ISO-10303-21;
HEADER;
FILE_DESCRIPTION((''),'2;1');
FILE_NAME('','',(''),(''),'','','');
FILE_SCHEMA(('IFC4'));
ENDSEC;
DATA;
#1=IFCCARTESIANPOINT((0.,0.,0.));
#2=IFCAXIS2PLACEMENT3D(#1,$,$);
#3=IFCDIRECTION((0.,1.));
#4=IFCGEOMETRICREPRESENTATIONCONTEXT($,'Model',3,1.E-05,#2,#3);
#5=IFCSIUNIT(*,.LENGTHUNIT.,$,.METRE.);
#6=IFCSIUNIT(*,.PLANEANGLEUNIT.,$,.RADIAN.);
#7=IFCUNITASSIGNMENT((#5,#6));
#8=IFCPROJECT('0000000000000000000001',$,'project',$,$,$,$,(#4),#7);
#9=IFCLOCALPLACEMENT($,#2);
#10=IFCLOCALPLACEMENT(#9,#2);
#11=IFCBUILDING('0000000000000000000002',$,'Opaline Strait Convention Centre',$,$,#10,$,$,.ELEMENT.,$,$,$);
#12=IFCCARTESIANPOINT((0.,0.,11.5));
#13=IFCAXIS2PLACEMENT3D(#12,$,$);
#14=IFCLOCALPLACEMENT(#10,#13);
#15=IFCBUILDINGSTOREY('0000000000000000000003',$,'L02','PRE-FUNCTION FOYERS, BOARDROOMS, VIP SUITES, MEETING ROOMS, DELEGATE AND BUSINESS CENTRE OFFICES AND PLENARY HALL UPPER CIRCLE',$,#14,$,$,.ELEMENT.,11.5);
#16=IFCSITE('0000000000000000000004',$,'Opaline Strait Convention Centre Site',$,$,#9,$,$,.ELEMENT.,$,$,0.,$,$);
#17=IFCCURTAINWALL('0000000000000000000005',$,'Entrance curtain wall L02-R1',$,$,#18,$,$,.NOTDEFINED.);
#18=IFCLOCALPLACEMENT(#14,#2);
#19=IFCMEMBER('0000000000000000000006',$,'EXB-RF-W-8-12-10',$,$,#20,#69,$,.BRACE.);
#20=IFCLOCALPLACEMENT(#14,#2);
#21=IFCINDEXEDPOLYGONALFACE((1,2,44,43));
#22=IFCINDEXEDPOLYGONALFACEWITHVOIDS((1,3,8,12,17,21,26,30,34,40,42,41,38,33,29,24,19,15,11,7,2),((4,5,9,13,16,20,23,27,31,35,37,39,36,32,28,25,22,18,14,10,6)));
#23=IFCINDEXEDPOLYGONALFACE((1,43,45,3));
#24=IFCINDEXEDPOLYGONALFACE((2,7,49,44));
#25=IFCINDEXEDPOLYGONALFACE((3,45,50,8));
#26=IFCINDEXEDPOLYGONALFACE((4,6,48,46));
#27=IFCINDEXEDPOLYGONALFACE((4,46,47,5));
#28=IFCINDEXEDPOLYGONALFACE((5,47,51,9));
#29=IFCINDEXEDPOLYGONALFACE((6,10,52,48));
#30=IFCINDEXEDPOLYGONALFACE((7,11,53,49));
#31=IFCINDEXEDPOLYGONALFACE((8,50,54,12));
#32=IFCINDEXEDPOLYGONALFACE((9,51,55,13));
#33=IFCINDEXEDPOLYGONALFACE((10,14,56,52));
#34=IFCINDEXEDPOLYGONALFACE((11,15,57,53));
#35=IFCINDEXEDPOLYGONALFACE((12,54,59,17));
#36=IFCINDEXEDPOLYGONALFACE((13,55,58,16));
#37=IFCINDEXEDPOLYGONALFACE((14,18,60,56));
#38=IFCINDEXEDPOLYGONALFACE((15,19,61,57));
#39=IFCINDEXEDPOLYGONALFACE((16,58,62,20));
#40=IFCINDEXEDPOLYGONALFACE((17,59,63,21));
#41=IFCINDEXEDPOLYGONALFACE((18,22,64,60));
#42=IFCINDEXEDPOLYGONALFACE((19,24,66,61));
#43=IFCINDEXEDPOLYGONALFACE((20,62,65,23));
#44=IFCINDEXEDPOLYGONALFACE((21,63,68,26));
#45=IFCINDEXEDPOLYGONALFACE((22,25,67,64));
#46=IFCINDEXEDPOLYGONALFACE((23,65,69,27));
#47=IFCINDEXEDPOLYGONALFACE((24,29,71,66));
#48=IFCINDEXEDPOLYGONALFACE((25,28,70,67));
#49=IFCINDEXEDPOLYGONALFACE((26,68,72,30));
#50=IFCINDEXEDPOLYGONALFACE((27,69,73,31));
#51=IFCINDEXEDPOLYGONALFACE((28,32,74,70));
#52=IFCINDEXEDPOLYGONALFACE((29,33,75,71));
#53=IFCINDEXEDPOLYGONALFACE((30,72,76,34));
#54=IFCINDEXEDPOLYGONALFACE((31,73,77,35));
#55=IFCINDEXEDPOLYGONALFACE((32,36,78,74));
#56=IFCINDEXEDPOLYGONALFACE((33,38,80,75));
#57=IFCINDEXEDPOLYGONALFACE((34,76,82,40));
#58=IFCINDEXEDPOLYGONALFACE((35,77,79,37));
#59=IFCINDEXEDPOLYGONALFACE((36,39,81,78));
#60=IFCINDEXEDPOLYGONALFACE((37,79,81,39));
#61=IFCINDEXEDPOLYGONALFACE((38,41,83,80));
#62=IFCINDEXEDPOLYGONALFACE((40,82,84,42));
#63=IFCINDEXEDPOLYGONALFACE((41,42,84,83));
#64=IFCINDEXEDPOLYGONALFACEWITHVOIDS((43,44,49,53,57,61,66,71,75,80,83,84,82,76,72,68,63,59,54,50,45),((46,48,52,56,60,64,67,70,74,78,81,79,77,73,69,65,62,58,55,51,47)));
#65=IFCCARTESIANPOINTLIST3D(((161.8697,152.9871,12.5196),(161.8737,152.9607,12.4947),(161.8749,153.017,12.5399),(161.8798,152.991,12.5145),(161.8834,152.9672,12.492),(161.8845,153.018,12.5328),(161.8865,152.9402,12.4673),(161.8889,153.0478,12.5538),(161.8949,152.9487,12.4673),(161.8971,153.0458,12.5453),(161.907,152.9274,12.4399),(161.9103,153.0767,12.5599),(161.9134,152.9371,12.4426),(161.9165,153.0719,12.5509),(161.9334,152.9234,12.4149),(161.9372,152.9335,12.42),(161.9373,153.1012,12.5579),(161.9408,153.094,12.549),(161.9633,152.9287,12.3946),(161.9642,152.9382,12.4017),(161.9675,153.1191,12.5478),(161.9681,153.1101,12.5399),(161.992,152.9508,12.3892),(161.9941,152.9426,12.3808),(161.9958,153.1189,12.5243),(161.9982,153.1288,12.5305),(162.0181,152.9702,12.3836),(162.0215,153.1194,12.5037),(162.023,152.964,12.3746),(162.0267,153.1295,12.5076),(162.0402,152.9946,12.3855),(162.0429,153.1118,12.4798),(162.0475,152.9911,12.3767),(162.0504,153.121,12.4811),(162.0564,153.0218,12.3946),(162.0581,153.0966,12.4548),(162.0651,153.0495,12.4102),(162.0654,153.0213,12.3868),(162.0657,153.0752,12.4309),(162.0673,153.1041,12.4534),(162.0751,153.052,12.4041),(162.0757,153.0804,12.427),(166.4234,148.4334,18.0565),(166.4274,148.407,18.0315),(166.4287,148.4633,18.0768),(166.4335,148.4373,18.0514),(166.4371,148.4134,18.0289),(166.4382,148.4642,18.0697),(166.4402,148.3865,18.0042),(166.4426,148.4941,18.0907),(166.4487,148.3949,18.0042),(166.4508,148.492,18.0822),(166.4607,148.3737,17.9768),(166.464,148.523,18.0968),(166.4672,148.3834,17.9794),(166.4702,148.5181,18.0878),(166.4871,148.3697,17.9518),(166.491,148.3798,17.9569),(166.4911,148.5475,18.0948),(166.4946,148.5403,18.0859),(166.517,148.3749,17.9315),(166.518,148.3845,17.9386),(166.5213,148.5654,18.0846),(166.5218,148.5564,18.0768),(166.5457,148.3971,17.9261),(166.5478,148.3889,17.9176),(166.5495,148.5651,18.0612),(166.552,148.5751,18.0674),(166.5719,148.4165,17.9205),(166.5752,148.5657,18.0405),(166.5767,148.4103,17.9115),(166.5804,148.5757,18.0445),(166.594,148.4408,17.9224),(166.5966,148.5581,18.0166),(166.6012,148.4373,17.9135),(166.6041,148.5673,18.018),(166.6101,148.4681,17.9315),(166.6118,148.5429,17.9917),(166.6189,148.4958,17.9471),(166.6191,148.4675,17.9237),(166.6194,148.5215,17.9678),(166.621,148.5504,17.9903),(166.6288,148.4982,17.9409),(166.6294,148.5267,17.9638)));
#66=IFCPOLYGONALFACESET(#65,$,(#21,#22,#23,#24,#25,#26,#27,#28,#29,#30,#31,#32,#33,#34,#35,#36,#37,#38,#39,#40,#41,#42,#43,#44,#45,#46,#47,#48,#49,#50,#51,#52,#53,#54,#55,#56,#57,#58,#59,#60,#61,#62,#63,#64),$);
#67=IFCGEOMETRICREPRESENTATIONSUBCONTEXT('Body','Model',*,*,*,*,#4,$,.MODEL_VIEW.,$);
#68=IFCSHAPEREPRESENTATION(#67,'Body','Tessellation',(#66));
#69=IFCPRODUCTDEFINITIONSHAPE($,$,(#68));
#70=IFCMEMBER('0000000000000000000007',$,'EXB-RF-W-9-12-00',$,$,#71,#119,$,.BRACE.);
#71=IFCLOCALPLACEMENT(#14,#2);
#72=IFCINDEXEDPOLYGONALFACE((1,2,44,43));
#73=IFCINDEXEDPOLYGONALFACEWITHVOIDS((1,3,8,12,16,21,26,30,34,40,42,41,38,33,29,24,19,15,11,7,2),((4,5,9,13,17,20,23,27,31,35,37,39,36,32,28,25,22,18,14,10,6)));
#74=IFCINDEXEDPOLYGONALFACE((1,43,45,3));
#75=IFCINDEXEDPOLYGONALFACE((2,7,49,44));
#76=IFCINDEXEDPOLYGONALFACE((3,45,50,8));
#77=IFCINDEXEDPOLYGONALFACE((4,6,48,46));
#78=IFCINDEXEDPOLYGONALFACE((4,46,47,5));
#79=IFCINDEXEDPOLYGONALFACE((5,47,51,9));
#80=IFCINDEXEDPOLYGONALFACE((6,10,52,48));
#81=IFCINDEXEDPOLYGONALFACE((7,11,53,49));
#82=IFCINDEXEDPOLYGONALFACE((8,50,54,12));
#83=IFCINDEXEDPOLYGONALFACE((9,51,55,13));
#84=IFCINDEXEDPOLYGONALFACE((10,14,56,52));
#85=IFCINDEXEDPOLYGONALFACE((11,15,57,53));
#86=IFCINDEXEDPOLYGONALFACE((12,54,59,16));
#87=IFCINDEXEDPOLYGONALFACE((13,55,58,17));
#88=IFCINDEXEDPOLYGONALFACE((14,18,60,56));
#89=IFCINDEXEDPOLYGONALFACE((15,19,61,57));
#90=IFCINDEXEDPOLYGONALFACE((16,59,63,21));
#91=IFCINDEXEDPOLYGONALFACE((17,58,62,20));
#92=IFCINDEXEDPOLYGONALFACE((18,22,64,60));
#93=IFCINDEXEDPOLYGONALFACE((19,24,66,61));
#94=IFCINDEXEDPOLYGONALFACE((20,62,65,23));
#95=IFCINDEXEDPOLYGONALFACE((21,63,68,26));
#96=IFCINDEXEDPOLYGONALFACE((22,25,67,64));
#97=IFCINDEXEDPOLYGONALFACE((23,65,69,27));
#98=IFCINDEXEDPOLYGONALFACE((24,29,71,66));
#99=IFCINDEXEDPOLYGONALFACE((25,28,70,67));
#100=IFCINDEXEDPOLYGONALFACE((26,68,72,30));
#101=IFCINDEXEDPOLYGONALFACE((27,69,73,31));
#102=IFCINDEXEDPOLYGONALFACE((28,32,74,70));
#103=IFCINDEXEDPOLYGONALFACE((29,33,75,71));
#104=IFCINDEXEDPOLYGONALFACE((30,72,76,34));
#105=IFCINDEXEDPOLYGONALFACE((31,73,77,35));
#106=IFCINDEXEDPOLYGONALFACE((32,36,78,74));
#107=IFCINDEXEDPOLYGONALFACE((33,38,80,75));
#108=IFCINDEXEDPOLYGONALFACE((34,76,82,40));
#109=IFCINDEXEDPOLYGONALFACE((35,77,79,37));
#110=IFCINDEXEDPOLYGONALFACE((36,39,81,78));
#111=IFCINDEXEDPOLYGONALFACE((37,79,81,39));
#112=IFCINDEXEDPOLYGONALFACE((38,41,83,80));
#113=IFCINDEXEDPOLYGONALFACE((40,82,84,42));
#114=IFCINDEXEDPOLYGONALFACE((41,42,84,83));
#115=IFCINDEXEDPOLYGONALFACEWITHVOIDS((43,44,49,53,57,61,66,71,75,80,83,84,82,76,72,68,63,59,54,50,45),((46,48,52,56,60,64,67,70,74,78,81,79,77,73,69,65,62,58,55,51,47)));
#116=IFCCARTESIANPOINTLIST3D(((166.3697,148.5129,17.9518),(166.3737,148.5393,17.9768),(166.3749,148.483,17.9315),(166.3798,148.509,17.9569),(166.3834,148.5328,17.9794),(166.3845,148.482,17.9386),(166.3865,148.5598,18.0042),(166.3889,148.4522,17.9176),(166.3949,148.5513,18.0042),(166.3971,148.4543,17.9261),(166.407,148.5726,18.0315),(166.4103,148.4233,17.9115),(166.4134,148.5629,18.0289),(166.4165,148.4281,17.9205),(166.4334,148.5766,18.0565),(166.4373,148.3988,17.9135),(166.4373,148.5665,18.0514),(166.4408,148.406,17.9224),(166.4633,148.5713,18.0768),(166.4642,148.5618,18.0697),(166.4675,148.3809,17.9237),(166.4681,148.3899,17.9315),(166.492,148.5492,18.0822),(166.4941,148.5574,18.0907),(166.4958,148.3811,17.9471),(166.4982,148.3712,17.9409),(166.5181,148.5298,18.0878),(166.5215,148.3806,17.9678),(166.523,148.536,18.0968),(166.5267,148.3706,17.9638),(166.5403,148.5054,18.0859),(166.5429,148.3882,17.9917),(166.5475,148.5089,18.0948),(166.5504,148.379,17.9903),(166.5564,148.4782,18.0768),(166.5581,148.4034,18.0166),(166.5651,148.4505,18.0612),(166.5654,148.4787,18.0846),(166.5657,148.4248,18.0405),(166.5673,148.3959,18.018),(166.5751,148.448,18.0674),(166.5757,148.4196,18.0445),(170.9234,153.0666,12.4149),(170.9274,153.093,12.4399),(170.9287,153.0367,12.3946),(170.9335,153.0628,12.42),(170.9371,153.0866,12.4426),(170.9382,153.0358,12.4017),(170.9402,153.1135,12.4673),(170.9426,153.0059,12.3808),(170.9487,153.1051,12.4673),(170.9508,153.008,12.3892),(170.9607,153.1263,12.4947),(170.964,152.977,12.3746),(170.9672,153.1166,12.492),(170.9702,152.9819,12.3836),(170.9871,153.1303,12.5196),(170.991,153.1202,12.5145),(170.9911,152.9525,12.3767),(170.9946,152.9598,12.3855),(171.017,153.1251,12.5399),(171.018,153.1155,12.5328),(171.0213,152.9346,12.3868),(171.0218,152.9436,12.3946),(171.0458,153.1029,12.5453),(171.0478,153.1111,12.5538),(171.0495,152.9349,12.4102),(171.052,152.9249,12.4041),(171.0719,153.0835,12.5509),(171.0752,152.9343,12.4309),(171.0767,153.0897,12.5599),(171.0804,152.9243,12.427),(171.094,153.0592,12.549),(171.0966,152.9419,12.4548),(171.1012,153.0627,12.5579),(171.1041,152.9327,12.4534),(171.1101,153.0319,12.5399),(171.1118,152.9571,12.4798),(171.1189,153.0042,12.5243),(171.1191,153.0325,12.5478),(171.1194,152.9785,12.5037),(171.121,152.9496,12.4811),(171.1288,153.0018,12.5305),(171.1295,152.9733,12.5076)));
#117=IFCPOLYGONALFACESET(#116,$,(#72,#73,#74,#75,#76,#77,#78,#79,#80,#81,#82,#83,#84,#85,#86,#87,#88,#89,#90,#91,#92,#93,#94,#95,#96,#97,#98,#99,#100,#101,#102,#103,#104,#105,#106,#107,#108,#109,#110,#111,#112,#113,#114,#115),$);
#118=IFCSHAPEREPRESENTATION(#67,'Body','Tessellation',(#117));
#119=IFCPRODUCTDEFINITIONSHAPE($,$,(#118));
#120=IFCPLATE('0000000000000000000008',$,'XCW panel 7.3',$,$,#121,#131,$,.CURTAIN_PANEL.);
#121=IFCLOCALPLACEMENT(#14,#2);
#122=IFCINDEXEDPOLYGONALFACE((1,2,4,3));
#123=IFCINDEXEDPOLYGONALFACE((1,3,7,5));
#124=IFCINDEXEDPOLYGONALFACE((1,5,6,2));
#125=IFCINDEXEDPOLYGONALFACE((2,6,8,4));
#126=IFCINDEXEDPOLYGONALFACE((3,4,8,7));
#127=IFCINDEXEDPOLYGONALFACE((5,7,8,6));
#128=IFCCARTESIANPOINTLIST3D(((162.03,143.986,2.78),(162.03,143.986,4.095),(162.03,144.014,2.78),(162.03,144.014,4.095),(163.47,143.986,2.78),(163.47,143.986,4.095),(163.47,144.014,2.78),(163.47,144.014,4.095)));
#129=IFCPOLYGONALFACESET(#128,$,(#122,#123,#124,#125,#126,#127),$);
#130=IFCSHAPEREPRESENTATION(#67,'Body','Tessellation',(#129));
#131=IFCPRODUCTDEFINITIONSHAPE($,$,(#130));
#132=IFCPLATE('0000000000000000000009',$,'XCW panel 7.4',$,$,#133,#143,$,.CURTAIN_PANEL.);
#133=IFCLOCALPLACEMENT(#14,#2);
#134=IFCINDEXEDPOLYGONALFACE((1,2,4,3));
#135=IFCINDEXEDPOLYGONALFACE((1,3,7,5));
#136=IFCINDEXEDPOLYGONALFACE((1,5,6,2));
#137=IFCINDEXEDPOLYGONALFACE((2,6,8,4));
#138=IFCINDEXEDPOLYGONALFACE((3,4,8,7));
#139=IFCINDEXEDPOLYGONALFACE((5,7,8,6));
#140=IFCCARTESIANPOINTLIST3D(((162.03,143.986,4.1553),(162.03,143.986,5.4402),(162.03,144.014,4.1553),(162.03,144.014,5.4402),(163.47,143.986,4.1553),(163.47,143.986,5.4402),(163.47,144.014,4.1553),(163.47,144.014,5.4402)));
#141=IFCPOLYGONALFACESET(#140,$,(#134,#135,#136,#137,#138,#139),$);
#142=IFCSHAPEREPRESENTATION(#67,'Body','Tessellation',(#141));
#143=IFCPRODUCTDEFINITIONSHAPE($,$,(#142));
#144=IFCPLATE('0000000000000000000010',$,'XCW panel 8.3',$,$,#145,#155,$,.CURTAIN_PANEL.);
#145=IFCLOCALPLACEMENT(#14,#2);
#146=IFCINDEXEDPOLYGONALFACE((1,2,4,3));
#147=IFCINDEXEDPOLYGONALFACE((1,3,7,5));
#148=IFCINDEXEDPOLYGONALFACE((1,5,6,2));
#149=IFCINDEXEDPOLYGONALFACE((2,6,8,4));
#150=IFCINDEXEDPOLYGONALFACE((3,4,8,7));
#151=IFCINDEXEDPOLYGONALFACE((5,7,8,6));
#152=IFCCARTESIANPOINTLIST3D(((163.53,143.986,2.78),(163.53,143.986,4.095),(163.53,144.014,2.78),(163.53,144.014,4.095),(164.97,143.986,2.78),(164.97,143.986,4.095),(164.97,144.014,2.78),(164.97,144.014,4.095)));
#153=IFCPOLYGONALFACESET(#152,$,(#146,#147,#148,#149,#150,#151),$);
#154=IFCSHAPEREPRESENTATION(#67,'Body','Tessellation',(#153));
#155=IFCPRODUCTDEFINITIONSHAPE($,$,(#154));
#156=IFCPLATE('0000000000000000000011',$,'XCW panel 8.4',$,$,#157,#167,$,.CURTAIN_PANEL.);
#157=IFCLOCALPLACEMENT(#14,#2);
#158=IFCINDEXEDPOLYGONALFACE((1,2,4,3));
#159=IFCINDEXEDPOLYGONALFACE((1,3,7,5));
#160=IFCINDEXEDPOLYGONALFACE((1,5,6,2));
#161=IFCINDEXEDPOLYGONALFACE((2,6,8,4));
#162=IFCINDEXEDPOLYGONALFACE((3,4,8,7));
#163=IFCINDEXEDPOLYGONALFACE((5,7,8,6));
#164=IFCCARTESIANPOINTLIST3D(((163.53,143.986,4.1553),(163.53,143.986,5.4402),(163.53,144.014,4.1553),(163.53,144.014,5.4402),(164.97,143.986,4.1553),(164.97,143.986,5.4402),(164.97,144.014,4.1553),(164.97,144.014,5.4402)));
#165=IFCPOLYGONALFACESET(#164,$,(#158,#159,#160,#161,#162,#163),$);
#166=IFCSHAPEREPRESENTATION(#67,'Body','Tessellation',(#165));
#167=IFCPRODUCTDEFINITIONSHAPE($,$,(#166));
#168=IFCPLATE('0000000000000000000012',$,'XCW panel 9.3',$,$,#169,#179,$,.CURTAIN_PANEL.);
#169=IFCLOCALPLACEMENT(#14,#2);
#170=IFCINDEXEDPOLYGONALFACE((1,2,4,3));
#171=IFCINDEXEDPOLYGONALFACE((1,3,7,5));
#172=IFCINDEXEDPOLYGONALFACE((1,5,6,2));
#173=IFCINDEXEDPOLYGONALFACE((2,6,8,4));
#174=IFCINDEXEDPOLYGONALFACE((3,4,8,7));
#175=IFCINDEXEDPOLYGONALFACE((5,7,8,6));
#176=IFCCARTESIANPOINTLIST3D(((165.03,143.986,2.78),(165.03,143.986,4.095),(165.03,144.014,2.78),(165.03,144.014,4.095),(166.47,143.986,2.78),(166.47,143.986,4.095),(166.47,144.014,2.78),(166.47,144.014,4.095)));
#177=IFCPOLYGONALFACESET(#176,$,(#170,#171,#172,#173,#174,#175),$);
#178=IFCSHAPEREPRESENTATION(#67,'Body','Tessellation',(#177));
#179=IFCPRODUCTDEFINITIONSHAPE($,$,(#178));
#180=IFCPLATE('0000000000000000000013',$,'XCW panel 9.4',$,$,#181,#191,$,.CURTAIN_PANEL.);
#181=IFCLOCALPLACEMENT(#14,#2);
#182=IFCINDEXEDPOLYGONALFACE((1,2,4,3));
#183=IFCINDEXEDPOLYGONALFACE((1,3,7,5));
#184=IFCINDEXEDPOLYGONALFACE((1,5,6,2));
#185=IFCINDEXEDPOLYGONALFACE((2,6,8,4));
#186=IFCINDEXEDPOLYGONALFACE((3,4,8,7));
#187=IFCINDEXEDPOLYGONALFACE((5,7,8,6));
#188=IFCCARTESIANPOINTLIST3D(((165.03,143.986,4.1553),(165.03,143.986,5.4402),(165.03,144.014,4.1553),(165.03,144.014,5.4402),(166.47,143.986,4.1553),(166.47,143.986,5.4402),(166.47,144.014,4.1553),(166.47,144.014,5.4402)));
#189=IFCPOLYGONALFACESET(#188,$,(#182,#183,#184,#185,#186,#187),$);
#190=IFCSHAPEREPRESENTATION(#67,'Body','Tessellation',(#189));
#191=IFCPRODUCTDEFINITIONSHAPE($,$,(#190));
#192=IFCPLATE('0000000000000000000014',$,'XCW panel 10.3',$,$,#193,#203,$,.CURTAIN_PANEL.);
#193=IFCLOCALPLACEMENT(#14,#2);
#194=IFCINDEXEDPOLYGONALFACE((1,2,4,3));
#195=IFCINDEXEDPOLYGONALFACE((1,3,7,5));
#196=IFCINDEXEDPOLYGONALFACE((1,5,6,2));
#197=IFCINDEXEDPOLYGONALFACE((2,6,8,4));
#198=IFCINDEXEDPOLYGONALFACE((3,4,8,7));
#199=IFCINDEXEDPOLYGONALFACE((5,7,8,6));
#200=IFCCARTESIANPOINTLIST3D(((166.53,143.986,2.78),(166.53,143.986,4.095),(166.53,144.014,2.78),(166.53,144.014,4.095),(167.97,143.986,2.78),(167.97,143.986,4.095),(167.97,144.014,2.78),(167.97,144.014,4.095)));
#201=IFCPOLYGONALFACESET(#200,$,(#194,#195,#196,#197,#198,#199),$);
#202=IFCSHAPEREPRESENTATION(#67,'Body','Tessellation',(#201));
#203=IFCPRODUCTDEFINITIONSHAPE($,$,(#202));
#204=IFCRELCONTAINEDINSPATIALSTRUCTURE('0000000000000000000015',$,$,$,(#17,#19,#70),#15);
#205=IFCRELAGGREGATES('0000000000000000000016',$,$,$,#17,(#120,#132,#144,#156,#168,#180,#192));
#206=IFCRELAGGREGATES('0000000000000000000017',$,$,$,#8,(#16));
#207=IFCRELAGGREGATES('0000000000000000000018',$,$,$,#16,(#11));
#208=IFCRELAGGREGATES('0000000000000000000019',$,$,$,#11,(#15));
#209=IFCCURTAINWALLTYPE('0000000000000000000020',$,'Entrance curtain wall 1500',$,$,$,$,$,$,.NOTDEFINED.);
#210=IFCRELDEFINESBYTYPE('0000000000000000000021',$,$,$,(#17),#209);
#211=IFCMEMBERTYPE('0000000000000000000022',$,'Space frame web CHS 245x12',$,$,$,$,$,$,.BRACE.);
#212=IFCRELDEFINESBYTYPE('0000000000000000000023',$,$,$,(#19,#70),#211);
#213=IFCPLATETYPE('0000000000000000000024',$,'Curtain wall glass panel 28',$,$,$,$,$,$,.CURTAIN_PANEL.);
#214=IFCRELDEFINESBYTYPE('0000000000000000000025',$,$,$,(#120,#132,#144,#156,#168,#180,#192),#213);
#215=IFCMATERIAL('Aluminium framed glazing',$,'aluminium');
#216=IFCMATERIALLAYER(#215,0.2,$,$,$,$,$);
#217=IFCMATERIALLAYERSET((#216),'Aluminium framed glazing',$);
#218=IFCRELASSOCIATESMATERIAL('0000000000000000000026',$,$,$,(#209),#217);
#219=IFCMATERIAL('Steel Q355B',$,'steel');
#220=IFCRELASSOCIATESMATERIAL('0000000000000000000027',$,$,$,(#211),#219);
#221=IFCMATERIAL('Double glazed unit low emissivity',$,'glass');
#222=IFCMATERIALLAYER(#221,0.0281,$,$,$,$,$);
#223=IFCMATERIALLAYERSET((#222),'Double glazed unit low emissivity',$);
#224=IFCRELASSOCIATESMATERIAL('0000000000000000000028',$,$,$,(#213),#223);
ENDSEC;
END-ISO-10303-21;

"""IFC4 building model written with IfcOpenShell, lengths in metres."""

from ifc_helpers import new_model, si_unit, direction, frame, origin, origin_2d, place, context, subcontext, project, spatial, rectangle, hollow_circle, extrude, material, layer, layer_set, material_profile, profile_set, type_object, element, aggregate, save


model = new_model("IFC4")

# Units and contexts
model_context = context("Model", 3, precision=1e-05, world=origin(), true_north=direction((0.0, 1.0)))
body_context = subcontext(model_context, "Body", "Model", "MODEL_VIEW")
ifc_project = project(units=[si_unit("LENGTHUNIT", "METRE"), si_unit("PLANEANGLEUNIT", "RADIAN")], contexts=[model_context])

# Site, building, storey
site_placement = place(None, origin())
site = spatial("IfcSite", under=ifc_project, at=site_placement, Name="Opaline Strait Convention Centre Site", CompositionType="ELEMENT", RefElevation=0.0)
building_placement = place(site_placement, origin())
building = spatial("IfcBuilding", under=site, at=building_placement, Name="Opaline Strait Convention Centre", CompositionType="ELEMENT")
storey_placement = place(building_placement, frame((0.0, 0.0, 11.5)))
storey = spatial("IfcBuildingStorey", under=building, at=storey_placement, Name="L02", Description="PRE-FUNCTION FOYERS, BOARDROOMS, VIP SUITES, MEETING ROOMS, DELEGATE AND BUSINESS CENTRE OFFICES AND PLENARY HALL UPPER CIRCLE", CompositionType="ELEMENT", Elevation=11.5)

# Curtain wall
ifc_material_1 = material(Name="Aluminium framed glazing", Category="aluminium")
ifc_layer_1 = layer(ifc_material_1, 0.2)
ifc_layer_set_1 = layer_set([ifc_layer_1], Name="Aluminium framed glazing")
curtain_wall_type = type_object("IfcCurtainWallType", Name="Entrance curtain wall 1500", PredefinedType="NOTDEFINED", material=ifc_layer_set_1)
curtain_wall_placement = place(storey_placement, origin())
curtain_wall = element("IfcCurtainWall", 1, at=curtain_wall_placement, inside=storey, type_object=curtain_wall_type, Name="Entrance curtain wall L02-R1", PredefinedType="NOTDEFINED")

# Members
ifc_material_2 = material(Name="Steel Q355B", Category="steel")
ifc_material_profile_1 = material_profile(ifc_material_2, hollow_circle(Radius=0.1226, WallThickness=0.012, at=origin_2d()), Name="CHS 245x12")
ifc_profile_set_1 = profile_set([ifc_material_profile_1], Name="Steel Q355B")
member_type_1 = type_object("IfcMemberType", Name="Space frame web CHS 245x12", PredefinedType="BRACE", material=ifc_profile_set_1)
for number, where, z_axis, x_axis, name in (
    (2, (166.5269, 148.4731, 18.0042), (-0.536178, 0.536178, -0.65194), (-0.707107, -0.707107, 0.0), "EXB-RF-W-8-12-10"),
    (3, (166.4731, 148.4731, 18.0042), (0.536178, 0.536178, -0.65194), (-0.707107, 0.707107, 0.0), "EXB-RF-W-9-12-00"),
):
    element("IfcMember", number, at=place(storey_placement, frame(where, z_axis=z_axis, x_axis=x_axis)), inside=storey, type_object=member_type_1, Name=name, PredefinedType="BRACE", context=body_context, shape_type="SweptSolid", body=[
        extrude(hollow_circle(Radius=0.1226, WallThickness=0.012, at=origin_2d()), origin(), (0.0, 0.0, 1.0), 8.4929),
    ])

# Plates
ifc_material_3 = material(Name="Double glazed unit low emissivity", Category="glass")
ifc_layer_2 = layer(ifc_material_3, 0.0281)
ifc_layer_set_2 = layer_set([ifc_layer_2], Name="Double glazed unit low emissivity")
plate_type = type_object("IfcPlateType", Name="Curtain wall glass panel 28", PredefinedType="CURTAIN_PANEL", material=ifc_layer_set_2)
plate_1_placement = place(storey_placement, frame((162.75, 144.0, 2.78), z_axis=(0.0, 0.0, 1.0), x_axis=(1.0, 0.0, 0.0)))
plate_1 = element("IfcPlate", 4, at=plate_1_placement, type_object=plate_type, Name="XCW panel 7.3", PredefinedType="CURTAIN_PANEL", context=body_context, shape_type="SweptSolid", body=[
    extrude(rectangle(XDim=1.4399, YDim=0.0281, at=origin_2d()), origin(), (0.0, 0.0, 1.0), 1.3149),
])
plate_2_placement = place(storey_placement, frame((162.75, 144.0, 4.1553), z_axis=(0.0, 0.0, 1.0), x_axis=(1.0, 0.0, 0.0)))
plate_2 = element("IfcPlate", 5, at=plate_2_placement, type_object=plate_type, Name="XCW panel 7.4", PredefinedType="CURTAIN_PANEL", context=body_context, shape_type="SweptSolid", body=[
    extrude(rectangle(XDim=1.4399, YDim=0.0281, at=origin_2d()), origin(), (0.0, 0.0, 1.0), 1.2849),
])
plate_3_placement = place(storey_placement, frame((164.25, 144.0, 2.78), z_axis=(0.0, 0.0, 1.0), x_axis=(1.0, 0.0, 0.0)))
plate_3 = element("IfcPlate", 6, at=plate_3_placement, type_object=plate_type, Name="XCW panel 8.3", PredefinedType="CURTAIN_PANEL", context=body_context, shape_type="SweptSolid", body=[
    extrude(rectangle(XDim=1.4399, YDim=0.0281, at=origin_2d()), origin(), (0.0, 0.0, 1.0), 1.3149),
])
plate_4_placement = place(storey_placement, frame((164.25, 144.0, 4.1553), z_axis=(0.0, 0.0, 1.0), x_axis=(1.0, 0.0, 0.0)))
plate_4 = element("IfcPlate", 7, at=plate_4_placement, type_object=plate_type, Name="XCW panel 8.4", PredefinedType="CURTAIN_PANEL", context=body_context, shape_type="SweptSolid", body=[
    extrude(rectangle(XDim=1.4399, YDim=0.0281, at=origin_2d()), origin(), (0.0, 0.0, 1.0), 1.2849),
])
plate_5_placement = place(storey_placement, frame((165.75, 144.0, 2.78), z_axis=(0.0, 0.0, 1.0), x_axis=(1.0, 0.0, 0.0)))
plate_5 = element("IfcPlate", 8, at=plate_5_placement, type_object=plate_type, Name="XCW panel 9.3", PredefinedType="CURTAIN_PANEL", context=body_context, shape_type="SweptSolid", body=[
    extrude(rectangle(XDim=1.4399, YDim=0.0281, at=origin_2d()), origin(), (0.0, 0.0, 1.0), 1.3149),
])
plate_6_placement = place(storey_placement, frame((165.75, 144.0, 4.1553), z_axis=(0.0, 0.0, 1.0), x_axis=(1.0, 0.0, 0.0)))
plate_6 = element("IfcPlate", 9, at=plate_6_placement, type_object=plate_type, Name="XCW panel 9.4", PredefinedType="CURTAIN_PANEL", context=body_context, shape_type="SweptSolid", body=[
    extrude(rectangle(XDim=1.4399, YDim=0.0281, at=origin_2d()), origin(), (0.0, 0.0, 1.0), 1.2849),
])
plate_7_placement = place(storey_placement, frame((167.25, 144.0, 2.78), z_axis=(0.0, 0.0, 1.0), x_axis=(1.0, 0.0, 0.0)))
plate_7 = element("IfcPlate", 10, at=plate_7_placement, type_object=plate_type, Name="XCW panel 10.3", PredefinedType="CURTAIN_PANEL", context=body_context, shape_type="SweptSolid", body=[
    extrude(rectangle(XDim=1.4399, YDim=0.0281, at=origin_2d()), origin(), (0.0, 0.0, 1.0), 1.3149),
])
aggregate(curtain_wall, [plate_1, plate_2, plate_3, plate_4, plate_5, plate_6, plate_7])

save(model, "model.ifc")
